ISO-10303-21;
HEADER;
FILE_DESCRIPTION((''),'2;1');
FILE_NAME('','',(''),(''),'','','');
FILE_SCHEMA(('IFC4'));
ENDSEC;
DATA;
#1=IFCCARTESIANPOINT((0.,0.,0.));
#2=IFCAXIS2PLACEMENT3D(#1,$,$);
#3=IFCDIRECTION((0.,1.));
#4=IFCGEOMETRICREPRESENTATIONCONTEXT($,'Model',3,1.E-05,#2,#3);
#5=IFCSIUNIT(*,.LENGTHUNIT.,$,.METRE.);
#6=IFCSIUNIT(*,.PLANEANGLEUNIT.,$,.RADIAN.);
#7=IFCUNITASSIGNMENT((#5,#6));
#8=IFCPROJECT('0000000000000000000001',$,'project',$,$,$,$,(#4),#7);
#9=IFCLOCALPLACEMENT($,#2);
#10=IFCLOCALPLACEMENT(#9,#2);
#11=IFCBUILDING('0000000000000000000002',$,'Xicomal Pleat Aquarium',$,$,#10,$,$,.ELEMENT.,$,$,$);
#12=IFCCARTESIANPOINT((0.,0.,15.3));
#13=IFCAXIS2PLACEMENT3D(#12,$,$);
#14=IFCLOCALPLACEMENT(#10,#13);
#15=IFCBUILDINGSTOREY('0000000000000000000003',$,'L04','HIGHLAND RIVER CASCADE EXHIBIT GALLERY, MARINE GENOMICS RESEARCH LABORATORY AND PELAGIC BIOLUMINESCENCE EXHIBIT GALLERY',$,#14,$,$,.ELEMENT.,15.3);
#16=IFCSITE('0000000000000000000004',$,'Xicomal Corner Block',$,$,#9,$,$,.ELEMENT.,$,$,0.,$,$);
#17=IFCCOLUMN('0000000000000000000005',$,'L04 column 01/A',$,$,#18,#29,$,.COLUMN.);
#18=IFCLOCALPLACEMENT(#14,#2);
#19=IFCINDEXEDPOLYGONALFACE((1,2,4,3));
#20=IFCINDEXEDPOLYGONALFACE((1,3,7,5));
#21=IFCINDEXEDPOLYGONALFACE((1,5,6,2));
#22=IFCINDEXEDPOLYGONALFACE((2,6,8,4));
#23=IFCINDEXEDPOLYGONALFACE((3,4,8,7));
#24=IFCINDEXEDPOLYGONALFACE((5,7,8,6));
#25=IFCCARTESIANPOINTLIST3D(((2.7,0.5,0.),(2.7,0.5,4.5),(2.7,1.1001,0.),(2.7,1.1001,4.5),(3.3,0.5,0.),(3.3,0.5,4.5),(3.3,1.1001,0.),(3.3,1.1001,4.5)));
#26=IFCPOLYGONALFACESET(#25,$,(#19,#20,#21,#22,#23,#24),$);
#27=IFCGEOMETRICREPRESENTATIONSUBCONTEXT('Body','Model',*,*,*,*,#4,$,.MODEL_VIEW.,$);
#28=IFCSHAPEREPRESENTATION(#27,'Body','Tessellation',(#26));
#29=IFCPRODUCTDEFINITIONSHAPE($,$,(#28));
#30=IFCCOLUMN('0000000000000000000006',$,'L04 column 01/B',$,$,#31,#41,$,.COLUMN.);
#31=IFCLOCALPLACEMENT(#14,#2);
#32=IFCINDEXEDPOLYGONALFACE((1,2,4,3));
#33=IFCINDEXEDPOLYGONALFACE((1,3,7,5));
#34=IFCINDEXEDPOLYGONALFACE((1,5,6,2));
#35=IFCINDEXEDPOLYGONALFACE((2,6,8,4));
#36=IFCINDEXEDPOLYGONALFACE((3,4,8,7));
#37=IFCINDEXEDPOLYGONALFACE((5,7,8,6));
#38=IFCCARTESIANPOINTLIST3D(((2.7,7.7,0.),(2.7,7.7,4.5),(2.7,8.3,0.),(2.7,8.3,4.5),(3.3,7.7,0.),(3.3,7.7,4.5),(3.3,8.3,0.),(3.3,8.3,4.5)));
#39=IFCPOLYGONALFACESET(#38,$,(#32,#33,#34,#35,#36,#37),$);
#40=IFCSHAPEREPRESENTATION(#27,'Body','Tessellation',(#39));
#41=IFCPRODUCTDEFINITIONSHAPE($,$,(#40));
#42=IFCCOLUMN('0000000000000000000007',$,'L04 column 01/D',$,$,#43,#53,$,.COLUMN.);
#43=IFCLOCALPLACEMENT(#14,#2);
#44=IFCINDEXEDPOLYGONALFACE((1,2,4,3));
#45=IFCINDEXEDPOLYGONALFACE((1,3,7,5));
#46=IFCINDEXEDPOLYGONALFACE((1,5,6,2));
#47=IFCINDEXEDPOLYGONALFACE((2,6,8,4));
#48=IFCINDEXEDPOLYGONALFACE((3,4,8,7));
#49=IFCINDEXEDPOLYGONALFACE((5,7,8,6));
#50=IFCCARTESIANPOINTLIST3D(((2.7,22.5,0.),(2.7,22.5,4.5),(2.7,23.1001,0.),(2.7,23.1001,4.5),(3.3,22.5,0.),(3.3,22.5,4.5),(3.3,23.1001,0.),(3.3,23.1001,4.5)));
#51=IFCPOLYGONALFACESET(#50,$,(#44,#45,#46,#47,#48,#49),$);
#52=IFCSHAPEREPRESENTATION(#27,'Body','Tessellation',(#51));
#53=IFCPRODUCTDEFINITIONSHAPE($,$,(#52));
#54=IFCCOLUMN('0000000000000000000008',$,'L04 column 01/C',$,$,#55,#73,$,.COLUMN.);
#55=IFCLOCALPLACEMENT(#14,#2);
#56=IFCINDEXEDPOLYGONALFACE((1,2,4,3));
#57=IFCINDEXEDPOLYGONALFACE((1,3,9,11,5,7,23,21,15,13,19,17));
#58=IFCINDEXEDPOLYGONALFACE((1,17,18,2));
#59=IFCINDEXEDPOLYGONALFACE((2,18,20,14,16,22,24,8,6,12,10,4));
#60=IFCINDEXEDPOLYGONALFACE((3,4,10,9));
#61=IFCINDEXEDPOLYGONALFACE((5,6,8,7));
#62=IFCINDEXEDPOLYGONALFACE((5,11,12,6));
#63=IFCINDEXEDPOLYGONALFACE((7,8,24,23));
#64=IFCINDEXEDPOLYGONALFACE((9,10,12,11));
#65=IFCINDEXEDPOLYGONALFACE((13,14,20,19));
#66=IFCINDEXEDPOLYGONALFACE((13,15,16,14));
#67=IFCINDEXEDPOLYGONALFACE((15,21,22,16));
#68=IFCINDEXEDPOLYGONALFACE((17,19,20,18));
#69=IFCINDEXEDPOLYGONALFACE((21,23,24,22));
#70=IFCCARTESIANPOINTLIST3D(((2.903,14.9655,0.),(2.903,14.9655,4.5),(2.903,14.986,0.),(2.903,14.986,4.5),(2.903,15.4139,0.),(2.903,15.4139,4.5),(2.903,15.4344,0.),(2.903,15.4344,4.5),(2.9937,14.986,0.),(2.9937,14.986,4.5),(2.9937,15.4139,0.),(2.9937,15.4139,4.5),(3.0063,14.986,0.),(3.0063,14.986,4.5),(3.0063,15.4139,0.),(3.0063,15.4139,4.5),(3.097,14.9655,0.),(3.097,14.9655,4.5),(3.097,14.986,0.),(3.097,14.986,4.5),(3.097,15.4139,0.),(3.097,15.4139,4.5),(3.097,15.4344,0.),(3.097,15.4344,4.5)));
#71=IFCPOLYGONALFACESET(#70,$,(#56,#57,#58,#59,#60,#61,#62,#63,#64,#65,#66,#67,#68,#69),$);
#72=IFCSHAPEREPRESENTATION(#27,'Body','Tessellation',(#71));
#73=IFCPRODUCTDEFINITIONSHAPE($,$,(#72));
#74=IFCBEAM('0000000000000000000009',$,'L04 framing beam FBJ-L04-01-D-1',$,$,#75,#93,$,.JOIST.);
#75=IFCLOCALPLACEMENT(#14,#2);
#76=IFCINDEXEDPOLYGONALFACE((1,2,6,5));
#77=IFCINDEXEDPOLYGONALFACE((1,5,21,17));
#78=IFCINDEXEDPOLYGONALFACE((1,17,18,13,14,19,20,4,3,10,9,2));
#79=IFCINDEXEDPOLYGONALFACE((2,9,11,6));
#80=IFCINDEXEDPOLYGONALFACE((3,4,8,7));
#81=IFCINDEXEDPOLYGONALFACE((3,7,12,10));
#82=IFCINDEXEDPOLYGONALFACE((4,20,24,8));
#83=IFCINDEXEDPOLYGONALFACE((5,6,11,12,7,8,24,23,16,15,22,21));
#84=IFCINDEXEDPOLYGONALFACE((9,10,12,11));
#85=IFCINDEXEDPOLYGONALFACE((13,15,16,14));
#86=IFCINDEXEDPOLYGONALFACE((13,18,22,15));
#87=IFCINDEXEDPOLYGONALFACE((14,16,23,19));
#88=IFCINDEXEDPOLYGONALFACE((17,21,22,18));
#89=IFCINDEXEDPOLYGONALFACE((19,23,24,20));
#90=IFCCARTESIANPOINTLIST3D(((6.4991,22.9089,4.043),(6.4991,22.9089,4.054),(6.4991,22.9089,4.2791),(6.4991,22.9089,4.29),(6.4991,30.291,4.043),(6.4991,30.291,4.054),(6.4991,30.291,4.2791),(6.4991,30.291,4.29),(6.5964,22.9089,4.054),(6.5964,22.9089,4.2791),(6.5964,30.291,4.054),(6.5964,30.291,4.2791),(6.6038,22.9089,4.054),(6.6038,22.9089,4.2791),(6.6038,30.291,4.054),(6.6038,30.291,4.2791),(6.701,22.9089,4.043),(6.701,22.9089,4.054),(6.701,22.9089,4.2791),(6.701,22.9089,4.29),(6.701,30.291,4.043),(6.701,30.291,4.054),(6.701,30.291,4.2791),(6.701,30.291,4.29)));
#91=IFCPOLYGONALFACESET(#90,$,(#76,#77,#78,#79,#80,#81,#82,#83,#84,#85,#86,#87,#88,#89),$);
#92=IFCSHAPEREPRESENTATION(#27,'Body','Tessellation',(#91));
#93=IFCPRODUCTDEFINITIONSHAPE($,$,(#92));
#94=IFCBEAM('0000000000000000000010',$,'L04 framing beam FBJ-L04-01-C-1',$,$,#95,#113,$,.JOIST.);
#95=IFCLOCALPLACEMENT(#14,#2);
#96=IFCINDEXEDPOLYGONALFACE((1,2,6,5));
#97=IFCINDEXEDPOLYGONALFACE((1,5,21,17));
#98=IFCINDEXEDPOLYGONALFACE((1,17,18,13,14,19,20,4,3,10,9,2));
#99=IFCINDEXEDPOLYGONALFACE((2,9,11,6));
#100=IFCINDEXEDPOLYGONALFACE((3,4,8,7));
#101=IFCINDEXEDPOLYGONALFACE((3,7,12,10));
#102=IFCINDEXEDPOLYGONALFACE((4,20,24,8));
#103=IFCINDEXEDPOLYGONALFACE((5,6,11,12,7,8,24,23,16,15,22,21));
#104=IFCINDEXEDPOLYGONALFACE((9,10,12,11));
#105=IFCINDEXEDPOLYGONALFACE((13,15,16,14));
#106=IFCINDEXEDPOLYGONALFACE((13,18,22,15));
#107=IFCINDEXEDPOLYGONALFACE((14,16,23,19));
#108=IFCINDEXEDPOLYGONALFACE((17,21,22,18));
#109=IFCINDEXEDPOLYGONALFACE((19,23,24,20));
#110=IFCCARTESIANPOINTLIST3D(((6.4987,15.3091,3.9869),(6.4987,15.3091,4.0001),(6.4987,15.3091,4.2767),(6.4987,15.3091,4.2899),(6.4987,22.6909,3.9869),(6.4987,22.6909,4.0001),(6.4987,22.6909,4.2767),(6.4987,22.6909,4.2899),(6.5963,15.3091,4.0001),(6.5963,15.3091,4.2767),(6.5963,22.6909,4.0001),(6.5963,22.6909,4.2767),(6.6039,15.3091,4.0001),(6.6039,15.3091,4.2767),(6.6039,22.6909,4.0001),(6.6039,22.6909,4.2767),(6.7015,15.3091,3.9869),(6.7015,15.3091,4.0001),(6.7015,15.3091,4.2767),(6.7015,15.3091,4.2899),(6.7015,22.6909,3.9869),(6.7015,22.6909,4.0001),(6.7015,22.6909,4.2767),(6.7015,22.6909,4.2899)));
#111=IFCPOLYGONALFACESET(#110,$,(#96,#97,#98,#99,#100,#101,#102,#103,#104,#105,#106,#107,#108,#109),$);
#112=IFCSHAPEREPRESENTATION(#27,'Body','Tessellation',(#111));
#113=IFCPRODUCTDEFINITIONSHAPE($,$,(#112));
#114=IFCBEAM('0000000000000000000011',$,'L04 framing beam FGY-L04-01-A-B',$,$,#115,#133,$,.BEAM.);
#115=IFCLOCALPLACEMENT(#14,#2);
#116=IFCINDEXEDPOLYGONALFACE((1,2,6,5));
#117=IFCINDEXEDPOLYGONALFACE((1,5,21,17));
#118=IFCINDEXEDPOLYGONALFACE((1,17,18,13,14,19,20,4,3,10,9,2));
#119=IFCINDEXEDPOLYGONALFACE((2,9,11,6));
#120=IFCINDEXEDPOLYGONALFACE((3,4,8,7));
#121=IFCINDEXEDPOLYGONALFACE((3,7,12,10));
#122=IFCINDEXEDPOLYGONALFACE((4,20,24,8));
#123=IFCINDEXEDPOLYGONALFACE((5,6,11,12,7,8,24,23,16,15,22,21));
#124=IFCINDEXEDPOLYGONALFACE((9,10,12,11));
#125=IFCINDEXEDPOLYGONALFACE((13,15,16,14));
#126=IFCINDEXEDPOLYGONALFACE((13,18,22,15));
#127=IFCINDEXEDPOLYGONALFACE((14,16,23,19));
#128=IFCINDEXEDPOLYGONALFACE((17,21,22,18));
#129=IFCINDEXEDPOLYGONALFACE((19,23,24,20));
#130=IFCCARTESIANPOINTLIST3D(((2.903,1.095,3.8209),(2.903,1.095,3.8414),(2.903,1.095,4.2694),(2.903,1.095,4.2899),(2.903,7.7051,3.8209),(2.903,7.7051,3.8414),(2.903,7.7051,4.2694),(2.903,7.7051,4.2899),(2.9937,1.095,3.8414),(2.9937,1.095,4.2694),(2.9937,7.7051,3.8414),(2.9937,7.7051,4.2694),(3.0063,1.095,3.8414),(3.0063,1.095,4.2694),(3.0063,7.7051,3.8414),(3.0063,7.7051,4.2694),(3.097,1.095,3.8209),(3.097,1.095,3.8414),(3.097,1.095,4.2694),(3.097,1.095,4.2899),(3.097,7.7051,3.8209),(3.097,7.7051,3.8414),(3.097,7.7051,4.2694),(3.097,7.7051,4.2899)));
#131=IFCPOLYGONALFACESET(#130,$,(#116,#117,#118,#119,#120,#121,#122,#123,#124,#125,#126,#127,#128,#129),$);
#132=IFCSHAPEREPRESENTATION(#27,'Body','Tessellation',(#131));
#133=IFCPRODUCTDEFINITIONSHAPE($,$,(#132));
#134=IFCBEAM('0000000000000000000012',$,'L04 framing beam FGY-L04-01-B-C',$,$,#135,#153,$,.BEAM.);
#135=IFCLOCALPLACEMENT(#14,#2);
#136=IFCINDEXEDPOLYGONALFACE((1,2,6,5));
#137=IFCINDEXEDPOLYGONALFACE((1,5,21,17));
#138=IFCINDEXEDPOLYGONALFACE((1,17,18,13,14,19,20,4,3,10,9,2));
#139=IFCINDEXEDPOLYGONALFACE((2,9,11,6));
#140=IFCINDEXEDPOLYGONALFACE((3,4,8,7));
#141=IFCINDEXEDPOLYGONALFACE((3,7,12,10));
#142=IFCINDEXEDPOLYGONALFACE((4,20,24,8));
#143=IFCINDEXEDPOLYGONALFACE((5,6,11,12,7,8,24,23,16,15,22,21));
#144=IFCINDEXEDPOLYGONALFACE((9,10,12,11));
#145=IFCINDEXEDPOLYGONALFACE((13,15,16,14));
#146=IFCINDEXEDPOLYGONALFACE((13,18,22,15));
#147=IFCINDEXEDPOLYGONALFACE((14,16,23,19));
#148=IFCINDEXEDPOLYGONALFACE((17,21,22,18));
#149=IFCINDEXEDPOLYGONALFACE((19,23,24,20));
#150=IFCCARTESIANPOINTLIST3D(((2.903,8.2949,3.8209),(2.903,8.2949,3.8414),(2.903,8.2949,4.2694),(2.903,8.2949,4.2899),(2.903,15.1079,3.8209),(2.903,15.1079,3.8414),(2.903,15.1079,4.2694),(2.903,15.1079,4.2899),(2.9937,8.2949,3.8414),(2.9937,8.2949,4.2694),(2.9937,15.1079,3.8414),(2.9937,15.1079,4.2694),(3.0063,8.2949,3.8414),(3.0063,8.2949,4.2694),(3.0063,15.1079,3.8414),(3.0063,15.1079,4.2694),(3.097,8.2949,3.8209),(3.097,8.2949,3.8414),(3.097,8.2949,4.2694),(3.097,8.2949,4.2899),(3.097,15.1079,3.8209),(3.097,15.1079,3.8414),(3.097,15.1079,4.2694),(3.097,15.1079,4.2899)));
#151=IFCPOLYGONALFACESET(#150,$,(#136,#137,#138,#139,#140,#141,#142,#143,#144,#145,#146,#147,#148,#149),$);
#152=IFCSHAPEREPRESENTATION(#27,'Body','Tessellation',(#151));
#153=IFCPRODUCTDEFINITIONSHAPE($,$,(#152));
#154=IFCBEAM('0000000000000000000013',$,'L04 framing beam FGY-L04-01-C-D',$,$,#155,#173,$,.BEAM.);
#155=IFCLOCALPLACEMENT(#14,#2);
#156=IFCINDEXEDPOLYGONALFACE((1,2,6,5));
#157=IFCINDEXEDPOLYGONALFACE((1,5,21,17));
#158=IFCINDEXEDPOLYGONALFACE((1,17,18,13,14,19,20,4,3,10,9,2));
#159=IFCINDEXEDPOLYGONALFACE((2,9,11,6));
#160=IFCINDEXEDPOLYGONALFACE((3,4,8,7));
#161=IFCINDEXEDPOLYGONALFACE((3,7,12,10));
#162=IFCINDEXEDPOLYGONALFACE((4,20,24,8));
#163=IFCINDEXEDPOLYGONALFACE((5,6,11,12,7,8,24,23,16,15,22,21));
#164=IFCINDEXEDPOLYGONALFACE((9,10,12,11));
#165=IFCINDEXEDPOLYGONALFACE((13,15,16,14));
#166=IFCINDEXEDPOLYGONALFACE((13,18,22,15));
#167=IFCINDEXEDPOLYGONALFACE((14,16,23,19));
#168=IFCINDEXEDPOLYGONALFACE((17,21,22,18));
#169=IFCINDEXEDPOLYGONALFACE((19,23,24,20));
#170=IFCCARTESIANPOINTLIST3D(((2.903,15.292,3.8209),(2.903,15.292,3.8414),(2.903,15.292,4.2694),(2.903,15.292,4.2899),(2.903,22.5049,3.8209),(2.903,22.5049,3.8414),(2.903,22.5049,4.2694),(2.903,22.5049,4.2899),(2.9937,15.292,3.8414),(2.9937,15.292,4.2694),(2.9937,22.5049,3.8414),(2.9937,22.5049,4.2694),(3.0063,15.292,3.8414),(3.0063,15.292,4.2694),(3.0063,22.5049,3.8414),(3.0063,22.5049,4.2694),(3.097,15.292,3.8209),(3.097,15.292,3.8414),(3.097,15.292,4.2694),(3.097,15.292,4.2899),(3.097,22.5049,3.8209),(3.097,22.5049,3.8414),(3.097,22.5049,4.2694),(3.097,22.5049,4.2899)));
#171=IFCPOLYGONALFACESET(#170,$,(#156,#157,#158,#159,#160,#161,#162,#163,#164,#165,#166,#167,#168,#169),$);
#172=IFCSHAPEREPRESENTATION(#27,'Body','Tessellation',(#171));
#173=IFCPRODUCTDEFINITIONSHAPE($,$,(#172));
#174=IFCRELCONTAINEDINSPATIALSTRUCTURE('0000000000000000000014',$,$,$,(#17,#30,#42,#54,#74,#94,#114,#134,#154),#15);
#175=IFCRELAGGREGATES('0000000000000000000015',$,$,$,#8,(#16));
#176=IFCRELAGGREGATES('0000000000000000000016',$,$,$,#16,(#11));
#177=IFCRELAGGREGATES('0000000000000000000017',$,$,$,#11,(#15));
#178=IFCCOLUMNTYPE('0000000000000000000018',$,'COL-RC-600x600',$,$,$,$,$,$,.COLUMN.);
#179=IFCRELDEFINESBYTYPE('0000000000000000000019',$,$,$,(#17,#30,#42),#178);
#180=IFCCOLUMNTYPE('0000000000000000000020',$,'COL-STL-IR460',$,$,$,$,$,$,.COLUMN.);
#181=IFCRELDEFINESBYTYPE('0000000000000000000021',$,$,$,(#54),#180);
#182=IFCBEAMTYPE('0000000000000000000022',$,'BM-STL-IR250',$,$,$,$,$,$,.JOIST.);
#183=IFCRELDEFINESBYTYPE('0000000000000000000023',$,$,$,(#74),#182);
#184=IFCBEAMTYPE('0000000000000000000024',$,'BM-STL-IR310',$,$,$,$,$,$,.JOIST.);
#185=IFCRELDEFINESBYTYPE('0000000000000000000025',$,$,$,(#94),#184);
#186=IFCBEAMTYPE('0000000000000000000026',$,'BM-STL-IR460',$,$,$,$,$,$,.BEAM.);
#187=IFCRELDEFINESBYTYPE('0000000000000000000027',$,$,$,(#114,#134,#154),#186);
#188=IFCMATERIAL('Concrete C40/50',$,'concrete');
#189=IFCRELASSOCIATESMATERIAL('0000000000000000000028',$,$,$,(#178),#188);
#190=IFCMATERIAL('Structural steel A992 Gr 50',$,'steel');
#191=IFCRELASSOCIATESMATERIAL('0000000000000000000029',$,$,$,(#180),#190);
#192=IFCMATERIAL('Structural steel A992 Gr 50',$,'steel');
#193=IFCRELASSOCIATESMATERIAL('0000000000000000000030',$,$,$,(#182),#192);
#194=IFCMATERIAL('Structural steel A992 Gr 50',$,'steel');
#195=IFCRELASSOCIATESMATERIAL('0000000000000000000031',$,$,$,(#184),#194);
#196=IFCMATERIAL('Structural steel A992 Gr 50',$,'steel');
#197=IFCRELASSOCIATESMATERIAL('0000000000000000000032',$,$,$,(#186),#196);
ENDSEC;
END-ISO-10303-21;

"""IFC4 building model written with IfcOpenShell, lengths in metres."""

from ifc_helpers import new_model, si_unit, direction, frame, origin, origin_2d, place, context, subcontext, project, spatial, rectangle, i_section, extrude, material, material_profile, profile_set, type_object, element, save


model = new_model("IFC4")

# Units and contexts
model_context = context("Model", 3, precision=1e-05, world=origin(), true_north=direction((0.0, 1.0)))
body_context = subcontext(model_context, "Body", "Model", "MODEL_VIEW")
ifc_project = project(units=[si_unit("LENGTHUNIT", "METRE"), si_unit("PLANEANGLEUNIT", "RADIAN")], contexts=[model_context])

# Site, building, storey
site_placement = place(None, origin())
site = spatial("IfcSite", under=ifc_project, at=site_placement, Name="Xicomal Corner Block", CompositionType="ELEMENT", RefElevation=0.0)
building_placement = place(site_placement, origin())
building = spatial("IfcBuilding", under=site, at=building_placement, Name="Xicomal Pleat Aquarium", CompositionType="ELEMENT")
storey_placement = place(building_placement, frame((0.0, 0.0, 15.3)))
storey = spatial("IfcBuildingStorey", under=building, at=storey_placement, Name="L04", Description="HIGHLAND RIVER CASCADE EXHIBIT GALLERY, MARINE GENOMICS RESEARCH LABORATORY AND PELAGIC BIOLUMINESCENCE EXHIBIT GALLERY", CompositionType="ELEMENT", Elevation=15.3)

# Columns
ifc_material_1 = material(Name="Concrete C40/50", Category="concrete")
ifc_material_profile_1 = material_profile(ifc_material_1, rectangle(XDim=0.6001, YDim=0.6001, at=origin_2d()), Name="RC 600x600")
ifc_profile_set_1 = profile_set([ifc_material_profile_1], Name="Concrete C40/50")
column_type_1 = type_object("IfcColumnType", Name="COL-RC-600x600", PredefinedType="COLUMN", material=ifc_profile_set_1)
for number, where, z_axis, x_axis, name in (
    (1, (3.0, 0.8, 0.0), (0.0, 0.0, 1.0), (1.0, 0.0, 0.0), "L04 column 01/A"),
    (2, (3.0, 8.0, 0.0), (0.0, 0.0, 1.0), (1.0, 0.0, 0.0), "L04 column 01/B"),
    (3, (3.0, 22.8, 0.0), (0.0, 0.0, 1.0), (1.0, 0.0, 0.0), "L04 column 01/D"),
):
    element("IfcColumn", number, at=place(storey_placement, frame(where, z_axis=z_axis, x_axis=x_axis)), inside=storey, type_object=column_type_1, Name=name, PredefinedType="COLUMN", context=body_context, shape_type="SweptSolid", body=[
        extrude(rectangle(XDim=0.6001, YDim=0.6001, at=origin_2d()), origin(), (0.0, 0.0, 1.0), 4.5),
    ])
ifc_material_2 = material(Name="Structural steel A992 Gr 50", Category="steel")
ifc_material_profile_2 = material_profile(ifc_material_2, i_section(OverallWidth=0.1941, OverallDepth=0.469, WebThickness=0.0127, FlangeThickness=0.0205, at=origin_2d()), Name="IR 460x106")
ifc_profile_set_2 = profile_set([ifc_material_profile_2], Name="Structural steel A992 Gr 50")
column_type_2 = type_object("IfcColumnType", Name="COL-STL-IR460", PredefinedType="COLUMN", material=ifc_profile_set_2)
column_placement = place(storey_placement, frame((3.0, 15.2, 0.0), z_axis=(0.0, 0.0, 1.0), x_axis=(1.0, 0.0, 0.0)))
element("IfcColumn", 4, at=column_placement, inside=storey, type_object=column_type_2, Name="L04 column 01/C", PredefinedType="COLUMN", context=body_context, shape_type="SweptSolid", body=[
    extrude(i_section(OverallWidth=0.1941, OverallDepth=0.469, WebThickness=0.0127, FlangeThickness=0.0205, at=origin_2d()), origin(), (0.0, 0.0, 1.0), 4.5),
])

# Beams
ifc_material_3 = material(Name="Structural steel A992 Gr 50", Category="steel")
ifc_material_profile_3 = material_profile(ifc_material_3, i_section(OverallWidth=0.2019, OverallDepth=0.2471, WebThickness=0.0073, FlangeThickness=0.011, at=origin_2d()), Name="IR 250x49")
ifc_profile_set_3 = profile_set([ifc_material_profile_3], Name="Structural steel A992 Gr 50")
beam_type_1 = type_object("IfcBeamType", Name="BM-STL-IR250", PredefinedType="JOIST", material=ifc_profile_set_3)
beam_1_placement = place(storey_placement, frame((6.6001, 22.9089, 4.1665), z_axis=(0.0, 1.0, 0.0), x_axis=(-1.0, 0.0, 0.0)))
element("IfcBeam", 5, at=beam_1_placement, inside=storey, type_object=beam_type_1, Name="L04 framing beam FBJ-L04-01-D-1", PredefinedType="JOIST", context=body_context, shape_type="SweptSolid", body=[
    extrude(i_section(OverallWidth=0.2019, OverallDepth=0.2471, WebThickness=0.0073, FlangeThickness=0.011, at=origin_2d()), origin(), (0.0, 0.0, 1.0), 7.3821),
])
ifc_material_4 = material(Name="Structural steel A992 Gr 50", Category="steel")
ifc_material_profile_4 = material_profile(ifc_material_4, i_section(OverallWidth=0.2029, OverallDepth=0.303, WebThickness=0.0076, FlangeThickness=0.0132, at=origin_2d()), Name="IR 310x60")
ifc_profile_set_4 = profile_set([ifc_material_profile_4], Name="Structural steel A992 Gr 50")
beam_type_2 = type_object("IfcBeamType", Name="BM-STL-IR310", PredefinedType="JOIST", material=ifc_profile_set_4)
beam_2_placement = place(storey_placement, frame((6.6001, 15.3091, 4.1384), z_axis=(0.0, 1.0, 0.0), x_axis=(-1.0, 0.0, 0.0)))
element("IfcBeam", 6, at=beam_2_placement, inside=storey, type_object=beam_type_2, Name="L04 framing beam FBJ-L04-01-C-1", PredefinedType="JOIST", context=body_context, shape_type="SweptSolid", body=[
    extrude(i_section(OverallWidth=0.2029, OverallDepth=0.303, WebThickness=0.0076, FlangeThickness=0.0132, at=origin_2d()), origin(), (0.0, 0.0, 1.0), 7.3818),
])
ifc_material_5 = material(Name="Structural steel A992 Gr 50", Category="steel")
ifc_material_profile_5 = material_profile(ifc_material_5, i_section(OverallWidth=0.1941, OverallDepth=0.469, WebThickness=0.0127, FlangeThickness=0.0205, at=origin_2d()), Name="IR 460x106")
ifc_profile_set_5 = profile_set([ifc_material_profile_5], Name="Structural steel A992 Gr 50")
beam_type_3 = type_object("IfcBeamType", Name="BM-STL-IR460", PredefinedType="BEAM", material=ifc_profile_set_5)
beam_3_placement = place(storey_placement, frame((3.0, 1.095, 4.0554), z_axis=(0.0, 1.0, 0.0), x_axis=(-1.0, 0.0, 0.0)))
element("IfcBeam", 7, at=beam_3_placement, inside=storey, type_object=beam_type_3, Name="L04 framing beam FGY-L04-01-A-B", PredefinedType="BEAM", context=body_context, shape_type="SweptSolid", body=[
    extrude(i_section(OverallWidth=0.1941, OverallDepth=0.469, WebThickness=0.0127, FlangeThickness=0.0205, at=origin_2d()), origin(), (0.0, 0.0, 1.0), 6.6101),
])
beam_4_placement = place(storey_placement, frame((3.0, 8.2949, 4.0554), z_axis=(0.0, 1.0, 0.0), x_axis=(-1.0, 0.0, 0.0)))
element("IfcBeam", 8, at=beam_4_placement, inside=storey, type_object=beam_type_3, Name="L04 framing beam FGY-L04-01-B-C", PredefinedType="BEAM", context=body_context, shape_type="SweptSolid", body=[
    extrude(i_section(OverallWidth=0.1941, OverallDepth=0.469, WebThickness=0.0127, FlangeThickness=0.0205, at=origin_2d()), origin(), (0.0, 0.0, 1.0), 6.813),
])
beam_5_placement = place(storey_placement, frame((3.0, 15.292, 4.0554), z_axis=(0.0, 1.0, 0.0), x_axis=(-1.0, 0.0, 0.0)))
element("IfcBeam", 9, at=beam_5_placement, inside=storey, type_object=beam_type_3, Name="L04 framing beam FGY-L04-01-C-D", PredefinedType="BEAM", context=body_context, shape_type="SweptSolid", body=[
    extrude(i_section(OverallWidth=0.1941, OverallDepth=0.469, WebThickness=0.0127, FlangeThickness=0.0205, at=origin_2d()), origin(), (0.0, 0.0, 1.0), 7.2129),
])

save(model, "model.ifc")
